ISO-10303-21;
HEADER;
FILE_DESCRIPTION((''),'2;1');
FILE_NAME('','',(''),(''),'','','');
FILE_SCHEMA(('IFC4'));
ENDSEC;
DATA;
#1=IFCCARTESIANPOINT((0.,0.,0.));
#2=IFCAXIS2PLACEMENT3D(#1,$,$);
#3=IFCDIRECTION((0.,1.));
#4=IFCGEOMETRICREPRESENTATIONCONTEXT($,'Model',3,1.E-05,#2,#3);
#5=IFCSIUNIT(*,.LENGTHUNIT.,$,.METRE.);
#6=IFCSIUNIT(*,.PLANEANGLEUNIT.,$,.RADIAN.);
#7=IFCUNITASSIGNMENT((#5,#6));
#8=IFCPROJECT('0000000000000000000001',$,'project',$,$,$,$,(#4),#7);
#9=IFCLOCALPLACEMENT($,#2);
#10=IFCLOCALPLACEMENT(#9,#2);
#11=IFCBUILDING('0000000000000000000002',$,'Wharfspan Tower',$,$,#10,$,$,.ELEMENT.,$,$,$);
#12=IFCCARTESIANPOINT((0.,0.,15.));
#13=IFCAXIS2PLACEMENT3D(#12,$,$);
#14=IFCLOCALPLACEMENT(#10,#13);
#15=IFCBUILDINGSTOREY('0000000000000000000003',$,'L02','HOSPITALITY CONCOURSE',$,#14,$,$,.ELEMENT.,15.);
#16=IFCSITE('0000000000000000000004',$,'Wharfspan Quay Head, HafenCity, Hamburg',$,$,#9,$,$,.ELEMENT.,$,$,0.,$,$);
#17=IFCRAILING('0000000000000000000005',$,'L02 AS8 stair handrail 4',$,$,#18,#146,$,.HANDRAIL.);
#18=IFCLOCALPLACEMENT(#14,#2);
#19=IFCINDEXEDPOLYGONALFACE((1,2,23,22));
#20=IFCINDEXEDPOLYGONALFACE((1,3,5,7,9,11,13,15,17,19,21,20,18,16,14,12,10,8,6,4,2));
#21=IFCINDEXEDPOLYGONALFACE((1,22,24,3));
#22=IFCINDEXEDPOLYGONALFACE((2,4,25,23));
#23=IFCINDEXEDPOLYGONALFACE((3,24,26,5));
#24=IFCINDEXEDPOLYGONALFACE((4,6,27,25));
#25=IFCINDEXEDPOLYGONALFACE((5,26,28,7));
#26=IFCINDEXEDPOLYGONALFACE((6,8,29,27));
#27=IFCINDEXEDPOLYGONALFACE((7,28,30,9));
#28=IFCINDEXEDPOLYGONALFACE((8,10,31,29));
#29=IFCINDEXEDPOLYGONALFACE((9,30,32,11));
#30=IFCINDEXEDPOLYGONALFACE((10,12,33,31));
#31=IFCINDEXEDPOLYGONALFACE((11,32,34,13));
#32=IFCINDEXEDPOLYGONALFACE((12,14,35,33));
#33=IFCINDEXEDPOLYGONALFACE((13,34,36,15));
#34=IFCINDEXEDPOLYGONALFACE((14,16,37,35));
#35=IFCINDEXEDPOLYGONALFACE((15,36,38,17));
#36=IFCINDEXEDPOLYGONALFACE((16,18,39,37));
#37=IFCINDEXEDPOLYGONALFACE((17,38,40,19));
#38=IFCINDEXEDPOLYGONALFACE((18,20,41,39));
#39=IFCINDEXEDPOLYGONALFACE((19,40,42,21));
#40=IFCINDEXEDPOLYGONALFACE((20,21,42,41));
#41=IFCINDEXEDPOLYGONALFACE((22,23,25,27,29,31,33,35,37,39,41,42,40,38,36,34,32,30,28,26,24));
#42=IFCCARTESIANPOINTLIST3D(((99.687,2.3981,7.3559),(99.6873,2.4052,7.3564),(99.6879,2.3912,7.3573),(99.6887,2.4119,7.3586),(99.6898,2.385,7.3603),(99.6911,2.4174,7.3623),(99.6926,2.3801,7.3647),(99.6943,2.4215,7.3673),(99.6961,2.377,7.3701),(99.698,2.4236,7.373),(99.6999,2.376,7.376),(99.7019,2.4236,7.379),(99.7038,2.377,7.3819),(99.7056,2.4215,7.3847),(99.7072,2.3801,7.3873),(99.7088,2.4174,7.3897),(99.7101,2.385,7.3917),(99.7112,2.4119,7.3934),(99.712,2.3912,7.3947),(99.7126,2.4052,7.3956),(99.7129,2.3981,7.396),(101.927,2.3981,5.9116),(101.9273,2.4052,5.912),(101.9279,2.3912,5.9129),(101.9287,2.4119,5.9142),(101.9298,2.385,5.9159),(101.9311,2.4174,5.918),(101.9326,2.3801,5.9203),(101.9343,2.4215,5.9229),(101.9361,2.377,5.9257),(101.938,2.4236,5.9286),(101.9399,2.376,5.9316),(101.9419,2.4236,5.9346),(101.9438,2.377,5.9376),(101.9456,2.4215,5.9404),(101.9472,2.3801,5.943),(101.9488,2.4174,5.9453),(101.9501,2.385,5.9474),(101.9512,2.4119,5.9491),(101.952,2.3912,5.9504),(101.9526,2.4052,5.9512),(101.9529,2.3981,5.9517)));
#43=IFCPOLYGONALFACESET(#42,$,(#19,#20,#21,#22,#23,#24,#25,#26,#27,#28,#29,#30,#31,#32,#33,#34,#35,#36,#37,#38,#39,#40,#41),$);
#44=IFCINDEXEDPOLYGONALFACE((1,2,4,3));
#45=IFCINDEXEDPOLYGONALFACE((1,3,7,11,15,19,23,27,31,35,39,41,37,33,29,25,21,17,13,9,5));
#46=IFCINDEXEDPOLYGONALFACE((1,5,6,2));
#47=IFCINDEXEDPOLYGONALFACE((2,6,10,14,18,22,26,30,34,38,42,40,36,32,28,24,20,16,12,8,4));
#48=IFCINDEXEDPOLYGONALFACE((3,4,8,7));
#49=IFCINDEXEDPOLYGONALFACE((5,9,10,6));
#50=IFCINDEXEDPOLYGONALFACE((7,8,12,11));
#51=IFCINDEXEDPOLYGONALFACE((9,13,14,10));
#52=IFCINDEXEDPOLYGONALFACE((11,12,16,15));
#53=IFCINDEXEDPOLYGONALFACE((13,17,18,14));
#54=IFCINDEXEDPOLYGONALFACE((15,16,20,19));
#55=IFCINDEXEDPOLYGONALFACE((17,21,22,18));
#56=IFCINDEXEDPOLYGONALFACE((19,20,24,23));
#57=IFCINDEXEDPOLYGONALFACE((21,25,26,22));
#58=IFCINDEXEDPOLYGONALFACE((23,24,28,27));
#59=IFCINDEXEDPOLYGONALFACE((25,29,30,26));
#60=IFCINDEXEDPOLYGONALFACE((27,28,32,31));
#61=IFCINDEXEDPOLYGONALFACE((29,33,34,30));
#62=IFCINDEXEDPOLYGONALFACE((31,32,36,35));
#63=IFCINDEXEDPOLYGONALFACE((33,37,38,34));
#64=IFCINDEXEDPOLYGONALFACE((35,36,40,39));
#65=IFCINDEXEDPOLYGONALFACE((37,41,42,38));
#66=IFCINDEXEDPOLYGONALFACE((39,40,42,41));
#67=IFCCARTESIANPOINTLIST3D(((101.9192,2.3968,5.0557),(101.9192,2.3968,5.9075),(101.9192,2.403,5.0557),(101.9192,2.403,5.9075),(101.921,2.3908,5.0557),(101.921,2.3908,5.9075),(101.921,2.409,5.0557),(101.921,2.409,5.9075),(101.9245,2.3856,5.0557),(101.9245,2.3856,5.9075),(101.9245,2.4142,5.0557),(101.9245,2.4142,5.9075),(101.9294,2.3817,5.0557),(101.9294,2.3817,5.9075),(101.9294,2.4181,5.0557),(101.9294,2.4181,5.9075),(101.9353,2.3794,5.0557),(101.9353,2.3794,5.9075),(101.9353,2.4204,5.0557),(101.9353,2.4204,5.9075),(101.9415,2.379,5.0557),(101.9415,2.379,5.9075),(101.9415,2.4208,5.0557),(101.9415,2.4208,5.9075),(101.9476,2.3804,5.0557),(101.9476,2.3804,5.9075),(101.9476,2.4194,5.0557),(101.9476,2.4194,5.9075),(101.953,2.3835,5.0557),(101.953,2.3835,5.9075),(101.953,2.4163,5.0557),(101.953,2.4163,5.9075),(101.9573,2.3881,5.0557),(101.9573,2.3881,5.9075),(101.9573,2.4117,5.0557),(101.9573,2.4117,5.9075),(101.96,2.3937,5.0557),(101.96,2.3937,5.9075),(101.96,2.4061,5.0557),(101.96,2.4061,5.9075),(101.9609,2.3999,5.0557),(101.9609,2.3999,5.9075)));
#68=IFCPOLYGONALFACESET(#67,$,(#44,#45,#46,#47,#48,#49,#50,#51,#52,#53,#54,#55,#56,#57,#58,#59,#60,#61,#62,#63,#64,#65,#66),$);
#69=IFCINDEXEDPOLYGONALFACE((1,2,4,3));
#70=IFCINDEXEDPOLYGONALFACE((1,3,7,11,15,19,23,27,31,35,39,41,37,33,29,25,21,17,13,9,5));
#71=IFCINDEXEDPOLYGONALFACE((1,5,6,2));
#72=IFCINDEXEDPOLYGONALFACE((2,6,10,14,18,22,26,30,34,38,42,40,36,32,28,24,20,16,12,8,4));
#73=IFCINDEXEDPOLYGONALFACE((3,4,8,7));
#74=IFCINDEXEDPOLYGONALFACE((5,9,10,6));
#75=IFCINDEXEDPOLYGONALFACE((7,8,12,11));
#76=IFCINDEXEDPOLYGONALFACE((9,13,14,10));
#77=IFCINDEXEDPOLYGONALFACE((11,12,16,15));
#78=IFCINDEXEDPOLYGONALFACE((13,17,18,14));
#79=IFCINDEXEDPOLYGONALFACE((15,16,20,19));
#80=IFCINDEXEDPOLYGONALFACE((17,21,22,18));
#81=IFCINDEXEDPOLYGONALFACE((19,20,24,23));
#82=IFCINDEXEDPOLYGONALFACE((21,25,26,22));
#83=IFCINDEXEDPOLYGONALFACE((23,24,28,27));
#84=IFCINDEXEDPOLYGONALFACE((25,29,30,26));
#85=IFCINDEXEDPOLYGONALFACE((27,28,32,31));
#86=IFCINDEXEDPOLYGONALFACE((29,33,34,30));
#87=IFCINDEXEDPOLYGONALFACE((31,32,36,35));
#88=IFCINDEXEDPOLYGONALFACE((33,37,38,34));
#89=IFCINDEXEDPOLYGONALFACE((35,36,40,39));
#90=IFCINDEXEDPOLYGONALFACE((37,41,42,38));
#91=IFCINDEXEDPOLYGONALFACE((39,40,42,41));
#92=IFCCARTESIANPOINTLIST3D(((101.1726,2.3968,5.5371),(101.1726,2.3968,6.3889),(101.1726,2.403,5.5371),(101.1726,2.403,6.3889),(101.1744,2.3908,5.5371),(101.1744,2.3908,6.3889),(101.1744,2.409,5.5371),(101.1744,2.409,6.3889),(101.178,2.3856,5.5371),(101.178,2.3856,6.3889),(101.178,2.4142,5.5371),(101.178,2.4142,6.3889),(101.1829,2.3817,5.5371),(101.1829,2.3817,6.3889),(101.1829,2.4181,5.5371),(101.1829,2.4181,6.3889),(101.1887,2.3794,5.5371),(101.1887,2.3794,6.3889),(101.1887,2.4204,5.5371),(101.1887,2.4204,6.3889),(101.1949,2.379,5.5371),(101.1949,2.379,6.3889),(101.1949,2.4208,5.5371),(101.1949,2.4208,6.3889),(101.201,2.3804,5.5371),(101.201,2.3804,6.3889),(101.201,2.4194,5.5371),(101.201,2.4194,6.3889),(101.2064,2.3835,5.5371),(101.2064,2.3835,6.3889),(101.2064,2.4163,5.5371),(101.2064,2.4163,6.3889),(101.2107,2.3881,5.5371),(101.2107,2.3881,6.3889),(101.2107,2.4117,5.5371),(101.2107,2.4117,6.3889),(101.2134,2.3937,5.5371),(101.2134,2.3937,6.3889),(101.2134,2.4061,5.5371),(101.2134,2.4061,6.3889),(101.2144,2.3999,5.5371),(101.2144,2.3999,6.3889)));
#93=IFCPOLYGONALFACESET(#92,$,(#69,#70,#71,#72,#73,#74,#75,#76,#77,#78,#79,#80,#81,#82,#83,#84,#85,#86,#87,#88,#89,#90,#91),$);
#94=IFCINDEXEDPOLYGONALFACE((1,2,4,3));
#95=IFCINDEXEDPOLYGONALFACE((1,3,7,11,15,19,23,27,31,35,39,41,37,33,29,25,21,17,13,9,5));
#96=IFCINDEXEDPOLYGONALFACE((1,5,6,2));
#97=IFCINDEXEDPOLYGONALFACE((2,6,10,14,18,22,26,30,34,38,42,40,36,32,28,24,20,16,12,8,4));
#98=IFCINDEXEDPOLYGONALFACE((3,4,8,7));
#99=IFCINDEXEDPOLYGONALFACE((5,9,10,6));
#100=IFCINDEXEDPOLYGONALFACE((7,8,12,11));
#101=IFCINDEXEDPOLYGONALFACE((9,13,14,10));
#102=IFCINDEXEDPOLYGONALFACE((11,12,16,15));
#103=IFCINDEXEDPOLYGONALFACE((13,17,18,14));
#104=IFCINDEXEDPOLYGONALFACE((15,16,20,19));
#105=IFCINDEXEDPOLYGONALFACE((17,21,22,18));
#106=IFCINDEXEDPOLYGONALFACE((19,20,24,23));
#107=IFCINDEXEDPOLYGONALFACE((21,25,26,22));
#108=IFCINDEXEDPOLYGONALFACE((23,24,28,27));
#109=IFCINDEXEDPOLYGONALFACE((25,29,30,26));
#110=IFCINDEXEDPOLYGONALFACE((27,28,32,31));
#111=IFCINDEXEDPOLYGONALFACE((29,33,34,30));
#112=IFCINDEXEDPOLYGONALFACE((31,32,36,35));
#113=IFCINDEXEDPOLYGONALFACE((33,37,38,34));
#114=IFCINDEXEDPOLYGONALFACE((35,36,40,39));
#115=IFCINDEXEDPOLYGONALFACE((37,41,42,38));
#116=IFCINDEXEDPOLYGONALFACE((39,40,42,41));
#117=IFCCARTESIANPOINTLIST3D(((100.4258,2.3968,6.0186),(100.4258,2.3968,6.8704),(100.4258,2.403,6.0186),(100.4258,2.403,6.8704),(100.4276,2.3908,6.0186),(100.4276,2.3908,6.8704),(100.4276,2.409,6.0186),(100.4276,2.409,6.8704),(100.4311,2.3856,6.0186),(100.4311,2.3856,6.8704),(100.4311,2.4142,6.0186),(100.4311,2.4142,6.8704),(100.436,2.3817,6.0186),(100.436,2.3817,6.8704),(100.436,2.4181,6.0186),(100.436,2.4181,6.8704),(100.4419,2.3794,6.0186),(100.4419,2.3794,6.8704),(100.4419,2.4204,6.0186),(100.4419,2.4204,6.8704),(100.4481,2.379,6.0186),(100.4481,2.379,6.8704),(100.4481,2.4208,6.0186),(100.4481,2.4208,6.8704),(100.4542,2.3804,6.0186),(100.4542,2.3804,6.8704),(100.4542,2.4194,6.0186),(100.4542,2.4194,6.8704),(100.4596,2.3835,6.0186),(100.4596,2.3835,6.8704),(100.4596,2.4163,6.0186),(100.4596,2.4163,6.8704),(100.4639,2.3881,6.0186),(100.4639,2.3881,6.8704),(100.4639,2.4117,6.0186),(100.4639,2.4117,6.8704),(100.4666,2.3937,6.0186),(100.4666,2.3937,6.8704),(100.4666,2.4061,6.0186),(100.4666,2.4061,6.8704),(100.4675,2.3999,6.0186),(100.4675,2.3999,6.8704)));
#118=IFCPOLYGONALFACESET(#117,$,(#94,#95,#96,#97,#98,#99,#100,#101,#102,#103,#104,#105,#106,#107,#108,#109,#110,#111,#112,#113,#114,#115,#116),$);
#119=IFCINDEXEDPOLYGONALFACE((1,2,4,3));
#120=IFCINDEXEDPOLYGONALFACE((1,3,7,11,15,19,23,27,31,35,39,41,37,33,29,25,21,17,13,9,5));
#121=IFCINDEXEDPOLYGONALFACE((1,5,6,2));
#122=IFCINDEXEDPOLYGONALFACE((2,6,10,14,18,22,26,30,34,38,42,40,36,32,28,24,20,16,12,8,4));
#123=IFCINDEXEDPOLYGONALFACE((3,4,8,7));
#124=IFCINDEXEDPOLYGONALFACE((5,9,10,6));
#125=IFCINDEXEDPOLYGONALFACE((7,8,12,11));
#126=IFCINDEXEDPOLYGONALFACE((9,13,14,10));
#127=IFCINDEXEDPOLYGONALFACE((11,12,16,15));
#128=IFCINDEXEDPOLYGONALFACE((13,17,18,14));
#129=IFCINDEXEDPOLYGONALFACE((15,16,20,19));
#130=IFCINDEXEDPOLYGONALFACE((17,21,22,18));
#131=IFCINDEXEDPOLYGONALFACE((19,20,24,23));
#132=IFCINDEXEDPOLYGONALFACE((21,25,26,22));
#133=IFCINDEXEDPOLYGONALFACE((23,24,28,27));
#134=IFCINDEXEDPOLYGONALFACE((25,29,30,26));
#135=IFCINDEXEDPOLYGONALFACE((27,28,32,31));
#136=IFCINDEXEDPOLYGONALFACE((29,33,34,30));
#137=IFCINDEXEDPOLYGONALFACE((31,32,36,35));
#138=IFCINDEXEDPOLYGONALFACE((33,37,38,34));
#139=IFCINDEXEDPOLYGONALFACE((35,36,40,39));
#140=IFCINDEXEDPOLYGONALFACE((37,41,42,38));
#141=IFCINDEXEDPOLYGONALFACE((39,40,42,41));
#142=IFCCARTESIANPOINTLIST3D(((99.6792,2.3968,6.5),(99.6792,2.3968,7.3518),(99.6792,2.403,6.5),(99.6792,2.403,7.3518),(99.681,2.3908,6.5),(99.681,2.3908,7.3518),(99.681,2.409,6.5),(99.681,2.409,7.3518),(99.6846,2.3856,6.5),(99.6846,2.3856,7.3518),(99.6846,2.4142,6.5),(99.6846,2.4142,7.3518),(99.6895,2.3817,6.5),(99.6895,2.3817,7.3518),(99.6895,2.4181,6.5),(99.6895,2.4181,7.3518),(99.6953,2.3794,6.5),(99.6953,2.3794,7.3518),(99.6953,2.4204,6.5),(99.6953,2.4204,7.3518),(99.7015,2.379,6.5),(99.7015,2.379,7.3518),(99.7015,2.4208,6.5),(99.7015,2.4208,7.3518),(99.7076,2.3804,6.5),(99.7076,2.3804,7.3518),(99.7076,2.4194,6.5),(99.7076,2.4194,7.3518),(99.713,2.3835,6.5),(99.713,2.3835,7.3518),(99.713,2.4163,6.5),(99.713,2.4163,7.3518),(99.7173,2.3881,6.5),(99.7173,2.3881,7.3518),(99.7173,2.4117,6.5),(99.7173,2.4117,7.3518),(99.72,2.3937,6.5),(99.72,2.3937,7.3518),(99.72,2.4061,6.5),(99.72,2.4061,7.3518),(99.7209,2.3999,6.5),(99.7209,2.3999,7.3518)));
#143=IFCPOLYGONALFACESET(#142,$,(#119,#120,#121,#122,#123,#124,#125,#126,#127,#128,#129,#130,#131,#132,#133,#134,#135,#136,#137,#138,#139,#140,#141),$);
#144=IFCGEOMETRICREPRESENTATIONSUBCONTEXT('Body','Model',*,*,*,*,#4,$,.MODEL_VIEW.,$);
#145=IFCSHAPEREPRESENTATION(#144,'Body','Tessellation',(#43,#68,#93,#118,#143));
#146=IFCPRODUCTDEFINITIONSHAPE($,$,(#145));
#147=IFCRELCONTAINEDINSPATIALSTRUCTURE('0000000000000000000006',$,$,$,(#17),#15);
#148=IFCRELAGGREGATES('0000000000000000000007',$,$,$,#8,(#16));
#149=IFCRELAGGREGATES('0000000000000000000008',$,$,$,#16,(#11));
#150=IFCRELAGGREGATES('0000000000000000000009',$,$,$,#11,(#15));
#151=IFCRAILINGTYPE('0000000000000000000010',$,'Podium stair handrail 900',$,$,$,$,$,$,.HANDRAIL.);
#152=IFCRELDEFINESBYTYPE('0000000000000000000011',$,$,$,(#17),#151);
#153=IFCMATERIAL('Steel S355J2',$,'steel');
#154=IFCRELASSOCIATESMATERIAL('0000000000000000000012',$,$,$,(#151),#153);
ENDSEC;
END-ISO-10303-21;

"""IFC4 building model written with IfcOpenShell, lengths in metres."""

from ifc_helpers import new_model, si_unit, direction, frame, origin, origin_2d, place, context, subcontext, project, spatial, circle, extrude, material, type_object, element, save


model = new_model("IFC4")

# Units and contexts
model_context = context("Model", 3, precision=1e-05, world=origin(), true_north=direction((0.0, 1.0)))
body_context = subcontext(model_context, "Body", "Model", "MODEL_VIEW")
ifc_project = project(units=[si_unit("LENGTHUNIT", "METRE"), si_unit("PLANEANGLEUNIT", "RADIAN")], contexts=[model_context])

# Site, building, storey
site_placement = place(None, origin())
site = spatial("IfcSite", under=ifc_project, at=site_placement, Name="Wharfspan Quay Head, HafenCity, Hamburg", CompositionType="ELEMENT", RefElevation=0.0)
building_placement = place(site_placement, origin())
building = spatial("IfcBuilding", under=site, at=building_placement, Name="Wharfspan Tower", CompositionType="ELEMENT")
storey_placement = place(building_placement, frame((0.0, 0.0, 15.0)))
storey = spatial("IfcBuildingStorey", under=building, at=storey_placement, Name="L02", Description="HOSPITALITY CONCOURSE", CompositionType="ELEMENT", Elevation=15.0)

# Railing
ifc_material_1 = material(Name="Steel S355J2", Category="steel")
railing_type_1 = type_object("IfcRailingType", Name="Podium stair handrail 900", PredefinedType="HANDRAIL", material=ifc_material_1)
for number, where, name in (
    (1, (101.9399, 2.3999, 5.0557), "L02 AS8 stair handrail 4"),
):
    element("IfcRailing", number, at=place(storey_placement, frame(where)), inside=storey, type_object=railing_type_1, Name=name, PredefinedType="HANDRAIL", context=body_context, shape_type="SweptSolid", body=[
        extrude(circle(Radius=0.0239, at=origin_2d()), frame((0.0, 0.0, 0.876), z_axis=(-0.840437, 0.0, 0.54191), x_axis=(0.0, -1.0, 0.0)), (0.0, 0.0, 1.0), 2.6653),
        extrude(circle(Radius=0.021, at=origin_2d()), origin(), (0.0, 0.0, 1.0), 0.8518),
        extrude(circle(Radius=0.021, at=origin_2d()), frame((-0.7466, 0.0, 0.4814)), (0.0, 0.0, 1.0), 0.8518),
        extrude(circle(Radius=0.021, at=origin_2d()), frame((-1.4934, 0.0, 0.9629)), (0.0, 0.0, 1.0), 0.8518),
        extrude(circle(Radius=0.021, at=origin_2d()), frame((-2.24, 0.0, 1.4443)), (0.0, 0.0, 1.0), 0.8518),
    ])

save(model, "model.ifc")
